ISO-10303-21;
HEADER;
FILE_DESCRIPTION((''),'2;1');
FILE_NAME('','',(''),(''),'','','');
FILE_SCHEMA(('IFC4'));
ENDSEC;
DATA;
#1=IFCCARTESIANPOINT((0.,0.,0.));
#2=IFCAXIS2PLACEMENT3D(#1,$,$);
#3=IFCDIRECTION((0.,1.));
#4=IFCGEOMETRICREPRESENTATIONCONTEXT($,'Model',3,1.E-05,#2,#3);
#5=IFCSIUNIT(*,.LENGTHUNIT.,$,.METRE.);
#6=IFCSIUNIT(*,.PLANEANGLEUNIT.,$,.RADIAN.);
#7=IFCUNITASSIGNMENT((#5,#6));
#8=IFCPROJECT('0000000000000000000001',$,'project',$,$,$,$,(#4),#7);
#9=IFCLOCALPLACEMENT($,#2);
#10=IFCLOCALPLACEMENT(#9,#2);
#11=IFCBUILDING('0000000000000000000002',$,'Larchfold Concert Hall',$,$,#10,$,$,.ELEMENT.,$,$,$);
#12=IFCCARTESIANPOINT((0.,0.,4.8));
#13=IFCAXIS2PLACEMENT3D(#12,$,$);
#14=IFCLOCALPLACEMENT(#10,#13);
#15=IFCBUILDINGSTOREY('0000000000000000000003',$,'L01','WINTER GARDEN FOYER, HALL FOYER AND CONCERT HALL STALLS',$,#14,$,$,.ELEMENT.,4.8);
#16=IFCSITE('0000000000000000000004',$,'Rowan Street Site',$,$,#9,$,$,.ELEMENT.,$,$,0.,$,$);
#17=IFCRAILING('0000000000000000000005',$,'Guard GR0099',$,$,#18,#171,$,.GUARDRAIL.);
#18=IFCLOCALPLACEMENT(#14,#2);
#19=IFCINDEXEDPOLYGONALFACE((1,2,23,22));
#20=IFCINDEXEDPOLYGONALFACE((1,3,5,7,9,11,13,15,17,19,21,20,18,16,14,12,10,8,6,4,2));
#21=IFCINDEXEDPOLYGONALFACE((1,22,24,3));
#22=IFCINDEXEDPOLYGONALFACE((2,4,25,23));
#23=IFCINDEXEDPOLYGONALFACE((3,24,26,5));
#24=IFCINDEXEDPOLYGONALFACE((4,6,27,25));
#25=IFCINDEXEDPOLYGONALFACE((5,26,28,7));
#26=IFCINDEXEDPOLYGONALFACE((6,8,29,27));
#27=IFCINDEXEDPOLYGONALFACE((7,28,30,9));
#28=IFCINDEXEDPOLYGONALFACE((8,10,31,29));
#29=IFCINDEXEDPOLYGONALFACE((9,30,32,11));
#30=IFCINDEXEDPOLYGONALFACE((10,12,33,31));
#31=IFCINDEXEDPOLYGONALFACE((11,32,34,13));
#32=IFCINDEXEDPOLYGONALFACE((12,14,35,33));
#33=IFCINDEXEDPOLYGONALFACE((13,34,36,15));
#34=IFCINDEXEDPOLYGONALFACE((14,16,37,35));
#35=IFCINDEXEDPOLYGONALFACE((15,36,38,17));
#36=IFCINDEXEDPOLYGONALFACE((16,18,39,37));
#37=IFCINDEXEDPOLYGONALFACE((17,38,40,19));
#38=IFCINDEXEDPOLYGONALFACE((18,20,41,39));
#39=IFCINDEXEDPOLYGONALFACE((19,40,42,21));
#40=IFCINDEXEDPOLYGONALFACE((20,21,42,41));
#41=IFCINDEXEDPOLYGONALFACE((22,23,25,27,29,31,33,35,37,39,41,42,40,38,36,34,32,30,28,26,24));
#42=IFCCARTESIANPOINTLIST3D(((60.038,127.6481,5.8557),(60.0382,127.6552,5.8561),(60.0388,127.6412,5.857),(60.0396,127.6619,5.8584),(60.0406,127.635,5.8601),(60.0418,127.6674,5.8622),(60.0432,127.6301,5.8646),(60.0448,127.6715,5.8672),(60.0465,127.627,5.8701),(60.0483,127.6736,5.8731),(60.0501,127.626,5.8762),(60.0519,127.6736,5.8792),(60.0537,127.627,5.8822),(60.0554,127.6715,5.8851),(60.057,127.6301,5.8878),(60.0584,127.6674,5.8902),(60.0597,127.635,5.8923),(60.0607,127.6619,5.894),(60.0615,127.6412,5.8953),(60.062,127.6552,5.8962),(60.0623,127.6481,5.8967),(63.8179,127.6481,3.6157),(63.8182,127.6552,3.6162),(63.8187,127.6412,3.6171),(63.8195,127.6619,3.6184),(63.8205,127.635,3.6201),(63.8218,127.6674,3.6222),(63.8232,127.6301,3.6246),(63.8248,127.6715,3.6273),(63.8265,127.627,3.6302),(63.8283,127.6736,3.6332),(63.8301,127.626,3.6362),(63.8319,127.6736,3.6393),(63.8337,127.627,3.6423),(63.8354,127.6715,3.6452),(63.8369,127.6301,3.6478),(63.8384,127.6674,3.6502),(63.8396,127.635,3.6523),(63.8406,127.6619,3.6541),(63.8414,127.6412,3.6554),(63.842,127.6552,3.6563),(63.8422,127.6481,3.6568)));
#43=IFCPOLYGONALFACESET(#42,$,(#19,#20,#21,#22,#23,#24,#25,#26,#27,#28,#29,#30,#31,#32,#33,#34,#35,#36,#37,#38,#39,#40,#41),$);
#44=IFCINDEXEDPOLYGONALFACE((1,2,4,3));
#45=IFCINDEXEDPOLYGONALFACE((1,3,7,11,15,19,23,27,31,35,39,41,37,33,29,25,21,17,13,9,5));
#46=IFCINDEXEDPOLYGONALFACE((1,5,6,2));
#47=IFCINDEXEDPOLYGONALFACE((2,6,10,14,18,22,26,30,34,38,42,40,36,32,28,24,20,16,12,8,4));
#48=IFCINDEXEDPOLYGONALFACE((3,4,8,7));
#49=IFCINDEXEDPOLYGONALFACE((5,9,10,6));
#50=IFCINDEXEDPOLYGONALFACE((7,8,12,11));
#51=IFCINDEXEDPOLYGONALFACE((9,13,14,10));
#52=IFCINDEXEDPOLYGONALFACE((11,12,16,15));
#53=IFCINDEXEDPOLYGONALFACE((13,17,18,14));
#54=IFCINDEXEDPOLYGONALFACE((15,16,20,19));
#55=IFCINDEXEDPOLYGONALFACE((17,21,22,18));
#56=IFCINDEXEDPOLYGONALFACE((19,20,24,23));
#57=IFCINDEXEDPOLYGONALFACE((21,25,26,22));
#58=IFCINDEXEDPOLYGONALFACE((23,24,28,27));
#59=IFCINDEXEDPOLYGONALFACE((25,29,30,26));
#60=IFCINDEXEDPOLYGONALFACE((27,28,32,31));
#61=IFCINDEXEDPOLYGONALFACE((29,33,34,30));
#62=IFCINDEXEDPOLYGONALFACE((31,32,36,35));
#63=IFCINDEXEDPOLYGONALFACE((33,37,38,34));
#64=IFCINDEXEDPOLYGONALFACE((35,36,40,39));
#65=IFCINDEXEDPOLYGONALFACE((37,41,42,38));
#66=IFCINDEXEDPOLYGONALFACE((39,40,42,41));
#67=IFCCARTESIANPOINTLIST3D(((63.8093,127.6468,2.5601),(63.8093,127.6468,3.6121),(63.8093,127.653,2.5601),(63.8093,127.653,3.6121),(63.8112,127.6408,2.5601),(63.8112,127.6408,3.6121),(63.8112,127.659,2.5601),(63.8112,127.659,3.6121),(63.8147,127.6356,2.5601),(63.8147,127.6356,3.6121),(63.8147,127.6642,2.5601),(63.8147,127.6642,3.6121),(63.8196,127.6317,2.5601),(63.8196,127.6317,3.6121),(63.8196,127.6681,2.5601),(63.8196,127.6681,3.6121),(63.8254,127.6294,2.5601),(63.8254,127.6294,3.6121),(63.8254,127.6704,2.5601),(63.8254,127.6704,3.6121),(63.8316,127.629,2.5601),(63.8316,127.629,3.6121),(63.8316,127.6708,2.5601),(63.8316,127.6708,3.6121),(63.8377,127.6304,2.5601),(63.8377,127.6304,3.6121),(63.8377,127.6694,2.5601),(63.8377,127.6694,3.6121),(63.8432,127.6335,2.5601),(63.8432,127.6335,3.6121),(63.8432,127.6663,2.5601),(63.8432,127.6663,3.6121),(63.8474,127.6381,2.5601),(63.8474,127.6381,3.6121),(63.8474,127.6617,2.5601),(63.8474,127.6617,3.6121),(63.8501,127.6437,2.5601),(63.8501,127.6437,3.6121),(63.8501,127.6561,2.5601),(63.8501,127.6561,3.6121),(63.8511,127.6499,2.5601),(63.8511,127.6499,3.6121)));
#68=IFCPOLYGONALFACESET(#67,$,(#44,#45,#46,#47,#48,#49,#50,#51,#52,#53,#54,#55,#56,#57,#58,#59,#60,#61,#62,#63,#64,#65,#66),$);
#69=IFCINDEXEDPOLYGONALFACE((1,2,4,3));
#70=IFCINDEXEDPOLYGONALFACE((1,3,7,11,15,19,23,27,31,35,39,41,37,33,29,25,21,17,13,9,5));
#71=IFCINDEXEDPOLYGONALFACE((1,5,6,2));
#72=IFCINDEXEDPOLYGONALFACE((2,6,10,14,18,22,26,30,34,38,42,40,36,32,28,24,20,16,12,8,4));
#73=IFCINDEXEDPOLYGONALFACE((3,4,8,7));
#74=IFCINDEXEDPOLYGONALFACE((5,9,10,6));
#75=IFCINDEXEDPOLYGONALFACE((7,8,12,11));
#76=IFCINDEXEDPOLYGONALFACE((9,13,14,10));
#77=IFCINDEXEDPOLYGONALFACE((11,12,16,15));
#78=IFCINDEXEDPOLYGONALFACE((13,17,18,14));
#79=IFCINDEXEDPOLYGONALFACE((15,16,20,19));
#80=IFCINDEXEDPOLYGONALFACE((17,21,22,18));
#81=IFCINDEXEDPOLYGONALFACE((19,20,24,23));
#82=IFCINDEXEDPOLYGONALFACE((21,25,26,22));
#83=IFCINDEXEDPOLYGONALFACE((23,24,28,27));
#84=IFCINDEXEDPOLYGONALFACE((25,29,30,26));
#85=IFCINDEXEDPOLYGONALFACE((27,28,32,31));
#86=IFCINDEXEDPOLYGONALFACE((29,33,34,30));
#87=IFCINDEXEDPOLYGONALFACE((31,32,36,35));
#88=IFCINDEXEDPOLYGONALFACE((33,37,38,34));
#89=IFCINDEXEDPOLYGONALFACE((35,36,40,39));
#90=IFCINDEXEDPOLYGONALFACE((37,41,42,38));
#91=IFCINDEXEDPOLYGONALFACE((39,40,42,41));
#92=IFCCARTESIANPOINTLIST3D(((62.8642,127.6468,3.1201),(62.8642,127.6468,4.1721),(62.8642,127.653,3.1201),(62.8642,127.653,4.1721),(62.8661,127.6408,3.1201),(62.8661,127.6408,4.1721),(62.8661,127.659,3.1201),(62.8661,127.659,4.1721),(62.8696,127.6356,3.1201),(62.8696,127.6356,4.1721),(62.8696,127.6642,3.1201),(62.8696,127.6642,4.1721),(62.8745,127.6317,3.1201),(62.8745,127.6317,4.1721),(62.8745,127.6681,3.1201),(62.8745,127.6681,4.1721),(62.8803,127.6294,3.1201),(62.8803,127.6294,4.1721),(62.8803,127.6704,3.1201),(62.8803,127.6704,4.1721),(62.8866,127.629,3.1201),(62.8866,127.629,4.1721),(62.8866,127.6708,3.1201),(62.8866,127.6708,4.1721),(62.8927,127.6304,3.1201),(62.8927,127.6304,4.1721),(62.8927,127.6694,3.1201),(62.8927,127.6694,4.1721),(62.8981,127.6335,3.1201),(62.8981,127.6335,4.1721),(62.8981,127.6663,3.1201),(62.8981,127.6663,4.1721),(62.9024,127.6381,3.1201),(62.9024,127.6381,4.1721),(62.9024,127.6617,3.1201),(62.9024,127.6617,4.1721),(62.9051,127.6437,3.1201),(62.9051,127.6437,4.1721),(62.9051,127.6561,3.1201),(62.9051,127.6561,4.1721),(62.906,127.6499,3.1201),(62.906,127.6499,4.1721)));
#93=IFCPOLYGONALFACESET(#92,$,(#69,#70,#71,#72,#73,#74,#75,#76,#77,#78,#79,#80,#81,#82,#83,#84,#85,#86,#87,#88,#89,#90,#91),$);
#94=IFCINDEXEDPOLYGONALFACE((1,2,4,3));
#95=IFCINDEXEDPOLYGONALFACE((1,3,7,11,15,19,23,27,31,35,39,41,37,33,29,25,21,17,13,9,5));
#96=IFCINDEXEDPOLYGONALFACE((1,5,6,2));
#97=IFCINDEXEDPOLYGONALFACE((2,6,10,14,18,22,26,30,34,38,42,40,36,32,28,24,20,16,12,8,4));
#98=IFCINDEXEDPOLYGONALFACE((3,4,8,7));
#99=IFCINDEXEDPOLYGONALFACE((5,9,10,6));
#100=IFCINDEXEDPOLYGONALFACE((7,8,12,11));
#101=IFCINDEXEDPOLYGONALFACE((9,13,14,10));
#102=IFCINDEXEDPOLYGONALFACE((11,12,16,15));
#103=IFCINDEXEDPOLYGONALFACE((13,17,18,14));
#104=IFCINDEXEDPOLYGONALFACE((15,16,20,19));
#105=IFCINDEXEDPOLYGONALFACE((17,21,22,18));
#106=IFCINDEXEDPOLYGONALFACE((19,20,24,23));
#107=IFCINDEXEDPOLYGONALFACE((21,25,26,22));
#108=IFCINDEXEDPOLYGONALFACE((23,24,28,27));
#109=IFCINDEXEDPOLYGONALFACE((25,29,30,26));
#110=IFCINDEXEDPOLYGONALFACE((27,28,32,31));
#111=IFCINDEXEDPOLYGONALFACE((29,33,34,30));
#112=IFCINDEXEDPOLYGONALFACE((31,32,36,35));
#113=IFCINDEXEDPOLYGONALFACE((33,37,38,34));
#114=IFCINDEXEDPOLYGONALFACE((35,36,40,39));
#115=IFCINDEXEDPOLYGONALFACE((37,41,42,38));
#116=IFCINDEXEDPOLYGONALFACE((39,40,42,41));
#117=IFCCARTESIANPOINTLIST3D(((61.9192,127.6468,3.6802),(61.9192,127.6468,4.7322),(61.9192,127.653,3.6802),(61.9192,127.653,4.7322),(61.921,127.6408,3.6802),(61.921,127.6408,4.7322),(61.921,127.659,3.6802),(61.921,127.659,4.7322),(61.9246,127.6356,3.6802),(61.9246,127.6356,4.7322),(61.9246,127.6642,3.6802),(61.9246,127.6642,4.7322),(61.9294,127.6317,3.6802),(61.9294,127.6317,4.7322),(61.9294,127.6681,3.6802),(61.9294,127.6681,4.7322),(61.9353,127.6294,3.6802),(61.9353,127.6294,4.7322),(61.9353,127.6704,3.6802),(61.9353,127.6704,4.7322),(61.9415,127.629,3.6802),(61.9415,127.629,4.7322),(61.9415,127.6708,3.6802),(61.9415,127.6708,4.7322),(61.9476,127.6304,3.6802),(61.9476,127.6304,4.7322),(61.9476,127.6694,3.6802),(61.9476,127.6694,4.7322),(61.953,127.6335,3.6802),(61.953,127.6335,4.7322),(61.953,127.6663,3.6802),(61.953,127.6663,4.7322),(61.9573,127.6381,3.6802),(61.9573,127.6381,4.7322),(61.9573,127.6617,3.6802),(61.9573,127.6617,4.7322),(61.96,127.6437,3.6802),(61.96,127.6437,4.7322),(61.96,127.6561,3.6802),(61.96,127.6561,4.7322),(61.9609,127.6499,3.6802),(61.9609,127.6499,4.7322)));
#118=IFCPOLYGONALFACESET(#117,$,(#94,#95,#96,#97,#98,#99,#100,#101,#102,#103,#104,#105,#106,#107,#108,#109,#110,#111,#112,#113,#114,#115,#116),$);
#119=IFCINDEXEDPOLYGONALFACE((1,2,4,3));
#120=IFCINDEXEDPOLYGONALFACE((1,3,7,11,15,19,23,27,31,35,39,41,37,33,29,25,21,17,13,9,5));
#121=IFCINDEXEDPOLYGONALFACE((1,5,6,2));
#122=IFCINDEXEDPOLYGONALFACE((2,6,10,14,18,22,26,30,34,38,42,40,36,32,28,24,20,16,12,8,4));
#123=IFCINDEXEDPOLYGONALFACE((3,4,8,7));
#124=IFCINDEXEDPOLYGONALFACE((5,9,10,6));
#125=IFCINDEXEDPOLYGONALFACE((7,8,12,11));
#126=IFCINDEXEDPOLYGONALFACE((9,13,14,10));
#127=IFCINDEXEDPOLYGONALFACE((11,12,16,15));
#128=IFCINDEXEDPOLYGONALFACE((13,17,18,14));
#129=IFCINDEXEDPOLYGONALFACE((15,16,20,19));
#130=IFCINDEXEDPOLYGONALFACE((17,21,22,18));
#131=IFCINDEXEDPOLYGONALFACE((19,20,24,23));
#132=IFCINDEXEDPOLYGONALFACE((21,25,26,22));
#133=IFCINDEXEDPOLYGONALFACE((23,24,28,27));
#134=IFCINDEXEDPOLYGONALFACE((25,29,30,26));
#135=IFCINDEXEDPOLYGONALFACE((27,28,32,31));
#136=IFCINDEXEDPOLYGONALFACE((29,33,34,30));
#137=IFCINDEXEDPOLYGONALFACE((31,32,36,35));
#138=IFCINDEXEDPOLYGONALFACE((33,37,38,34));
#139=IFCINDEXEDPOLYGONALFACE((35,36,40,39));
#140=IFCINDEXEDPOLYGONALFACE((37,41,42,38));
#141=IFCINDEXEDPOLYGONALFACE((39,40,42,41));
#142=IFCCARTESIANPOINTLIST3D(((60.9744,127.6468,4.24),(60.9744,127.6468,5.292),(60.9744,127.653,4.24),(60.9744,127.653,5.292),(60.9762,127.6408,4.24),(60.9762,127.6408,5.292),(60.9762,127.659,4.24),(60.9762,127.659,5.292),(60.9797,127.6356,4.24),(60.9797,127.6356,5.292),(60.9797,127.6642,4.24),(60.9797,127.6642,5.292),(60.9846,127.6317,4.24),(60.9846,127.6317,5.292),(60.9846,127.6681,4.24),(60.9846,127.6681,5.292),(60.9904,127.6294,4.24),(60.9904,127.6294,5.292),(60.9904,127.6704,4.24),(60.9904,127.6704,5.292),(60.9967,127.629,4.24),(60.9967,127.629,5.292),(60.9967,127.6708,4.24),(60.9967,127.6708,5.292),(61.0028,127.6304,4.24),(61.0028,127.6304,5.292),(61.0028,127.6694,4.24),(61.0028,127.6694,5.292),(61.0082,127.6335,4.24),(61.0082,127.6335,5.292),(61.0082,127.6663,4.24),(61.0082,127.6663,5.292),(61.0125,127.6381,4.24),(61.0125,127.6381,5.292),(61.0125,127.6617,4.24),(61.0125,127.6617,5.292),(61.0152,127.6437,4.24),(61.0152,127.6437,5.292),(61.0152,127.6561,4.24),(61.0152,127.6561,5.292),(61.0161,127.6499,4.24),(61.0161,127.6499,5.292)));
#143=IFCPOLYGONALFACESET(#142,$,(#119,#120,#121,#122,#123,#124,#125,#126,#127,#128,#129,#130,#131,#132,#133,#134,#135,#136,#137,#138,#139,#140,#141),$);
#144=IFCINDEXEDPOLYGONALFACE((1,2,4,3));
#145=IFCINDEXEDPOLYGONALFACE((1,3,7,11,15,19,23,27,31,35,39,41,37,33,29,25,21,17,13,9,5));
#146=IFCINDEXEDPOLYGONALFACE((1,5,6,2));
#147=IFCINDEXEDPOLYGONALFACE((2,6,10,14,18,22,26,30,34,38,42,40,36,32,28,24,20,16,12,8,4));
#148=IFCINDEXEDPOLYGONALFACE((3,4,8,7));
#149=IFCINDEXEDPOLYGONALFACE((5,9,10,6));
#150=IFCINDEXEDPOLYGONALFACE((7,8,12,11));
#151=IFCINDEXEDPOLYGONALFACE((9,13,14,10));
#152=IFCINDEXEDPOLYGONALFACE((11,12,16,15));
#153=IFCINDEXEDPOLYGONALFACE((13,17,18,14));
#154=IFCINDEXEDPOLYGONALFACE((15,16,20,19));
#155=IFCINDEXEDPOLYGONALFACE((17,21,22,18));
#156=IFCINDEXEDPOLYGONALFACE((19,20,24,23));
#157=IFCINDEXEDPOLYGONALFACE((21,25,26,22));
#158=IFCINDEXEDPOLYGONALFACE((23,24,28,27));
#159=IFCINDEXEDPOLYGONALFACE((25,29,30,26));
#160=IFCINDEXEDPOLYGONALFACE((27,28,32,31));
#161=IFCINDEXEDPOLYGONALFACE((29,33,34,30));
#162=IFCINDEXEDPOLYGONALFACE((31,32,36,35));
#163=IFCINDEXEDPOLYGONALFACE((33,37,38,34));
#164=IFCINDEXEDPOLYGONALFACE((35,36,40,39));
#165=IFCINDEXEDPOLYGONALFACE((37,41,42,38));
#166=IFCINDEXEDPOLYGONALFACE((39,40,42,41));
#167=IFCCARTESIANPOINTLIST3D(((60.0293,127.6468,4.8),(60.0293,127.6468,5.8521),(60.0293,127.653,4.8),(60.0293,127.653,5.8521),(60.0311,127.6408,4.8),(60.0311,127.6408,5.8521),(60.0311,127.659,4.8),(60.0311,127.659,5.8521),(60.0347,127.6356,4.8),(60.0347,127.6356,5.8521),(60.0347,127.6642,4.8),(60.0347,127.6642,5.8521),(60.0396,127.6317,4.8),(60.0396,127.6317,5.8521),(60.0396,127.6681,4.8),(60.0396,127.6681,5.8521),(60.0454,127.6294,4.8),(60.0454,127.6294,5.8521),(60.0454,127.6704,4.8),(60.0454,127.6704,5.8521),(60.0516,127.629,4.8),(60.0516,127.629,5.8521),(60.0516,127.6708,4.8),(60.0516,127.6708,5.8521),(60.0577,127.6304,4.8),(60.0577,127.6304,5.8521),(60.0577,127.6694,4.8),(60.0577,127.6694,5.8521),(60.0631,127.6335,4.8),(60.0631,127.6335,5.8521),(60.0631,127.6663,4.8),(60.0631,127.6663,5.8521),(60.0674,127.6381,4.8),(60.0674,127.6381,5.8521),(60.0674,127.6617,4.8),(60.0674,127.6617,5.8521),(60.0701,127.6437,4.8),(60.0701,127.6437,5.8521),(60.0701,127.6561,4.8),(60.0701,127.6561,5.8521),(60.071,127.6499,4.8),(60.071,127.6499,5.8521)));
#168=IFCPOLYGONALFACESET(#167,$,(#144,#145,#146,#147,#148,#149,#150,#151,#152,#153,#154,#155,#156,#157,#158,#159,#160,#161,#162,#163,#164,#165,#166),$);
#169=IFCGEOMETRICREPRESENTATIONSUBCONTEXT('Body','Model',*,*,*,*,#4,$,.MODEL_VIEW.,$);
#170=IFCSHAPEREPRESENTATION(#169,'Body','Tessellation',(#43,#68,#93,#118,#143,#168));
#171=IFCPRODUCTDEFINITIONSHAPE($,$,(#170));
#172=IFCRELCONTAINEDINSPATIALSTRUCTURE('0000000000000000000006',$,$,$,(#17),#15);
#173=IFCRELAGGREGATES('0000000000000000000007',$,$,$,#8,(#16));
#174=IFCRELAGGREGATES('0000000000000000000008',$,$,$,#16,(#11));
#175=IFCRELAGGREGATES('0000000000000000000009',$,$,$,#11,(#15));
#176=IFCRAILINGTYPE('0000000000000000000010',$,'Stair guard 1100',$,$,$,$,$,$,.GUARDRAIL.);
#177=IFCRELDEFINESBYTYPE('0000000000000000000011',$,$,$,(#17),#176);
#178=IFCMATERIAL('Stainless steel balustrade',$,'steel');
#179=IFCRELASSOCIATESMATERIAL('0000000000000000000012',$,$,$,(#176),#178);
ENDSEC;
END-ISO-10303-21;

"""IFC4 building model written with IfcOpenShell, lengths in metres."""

from ifc_helpers import new_model, si_unit, direction, frame, origin, origin_2d, place, context, subcontext, project, spatial, circle, extrude, material, type_object, element, save


model = new_model("IFC4")

# Units and contexts
model_context = context("Model", 3, precision=1e-05, world=origin(), true_north=direction((0.0, 1.0)))
body_context = subcontext(model_context, "Body", "Model", "MODEL_VIEW")
ifc_project = project(units=[si_unit("LENGTHUNIT", "METRE"), si_unit("PLANEANGLEUNIT", "RADIAN")], contexts=[model_context])

# Site, building, storey
site_placement = place(None, origin())
site = spatial("IfcSite", under=ifc_project, at=site_placement, Name="Rowan Street Site", CompositionType="ELEMENT", RefElevation=0.0)
building_placement = place(site_placement, origin())
building = spatial("IfcBuilding", under=site, at=building_placement, Name="Larchfold Concert Hall", CompositionType="ELEMENT")
storey_placement = place(building_placement, frame((0.0, 0.0, 4.8)))
storey = spatial("IfcBuildingStorey", under=building, at=storey_placement, Name="L01", Description="WINTER GARDEN FOYER, HALL FOYER AND CONCERT HALL STALLS", CompositionType="ELEMENT", Elevation=4.8)

# Railing
ifc_material_1 = material(Name="Stainless steel balustrade", Category="steel")
railing_type_1 = type_object("IfcRailingType", Name="Stair guard 1100", PredefinedType="GUARDRAIL", material=ifc_material_1)
railing_1_placement = place(storey_placement, frame((63.8301, 127.6499, 2.5601)))
element("IfcRailing", 1, at=railing_1_placement, inside=storey, type_object=railing_type_1, Name="Guard GR0099", PredefinedType="GUARDRAIL", context=body_context, shape_type="SweptSolid", body=[
    extrude(circle(Radius=0.0239, at=origin_2d()), frame((0.0, 0.0, 1.0762), z_axis=(-0.860294, 0.0, 0.509798), x_axis=(0.0, -1.0, 0.0)), (0.0, 0.0, 1.0), 4.3938),
    extrude(circle(Radius=0.021, at=origin_2d()), origin(), (0.0, 0.0, 1.0), 1.052),
    extrude(circle(Radius=0.021, at=origin_2d()), frame((-0.9451, 0.0, 0.5601)), (0.0, 0.0, 1.0), 1.052),
    extrude(circle(Radius=0.021, at=origin_2d()), frame((-1.8901, 0.0, 1.1201)), (0.0, 0.0, 1.0), 1.052),
    extrude(circle(Radius=0.021, at=origin_2d()), frame((-2.835, 0.0, 1.6799)), (0.0, 0.0, 1.0), 1.052),
    extrude(circle(Radius=0.021, at=origin_2d()), frame((-3.78, 0.0, 2.24)), (0.0, 0.0, 1.0), 1.052),
])

save(model, "model.ifc")
